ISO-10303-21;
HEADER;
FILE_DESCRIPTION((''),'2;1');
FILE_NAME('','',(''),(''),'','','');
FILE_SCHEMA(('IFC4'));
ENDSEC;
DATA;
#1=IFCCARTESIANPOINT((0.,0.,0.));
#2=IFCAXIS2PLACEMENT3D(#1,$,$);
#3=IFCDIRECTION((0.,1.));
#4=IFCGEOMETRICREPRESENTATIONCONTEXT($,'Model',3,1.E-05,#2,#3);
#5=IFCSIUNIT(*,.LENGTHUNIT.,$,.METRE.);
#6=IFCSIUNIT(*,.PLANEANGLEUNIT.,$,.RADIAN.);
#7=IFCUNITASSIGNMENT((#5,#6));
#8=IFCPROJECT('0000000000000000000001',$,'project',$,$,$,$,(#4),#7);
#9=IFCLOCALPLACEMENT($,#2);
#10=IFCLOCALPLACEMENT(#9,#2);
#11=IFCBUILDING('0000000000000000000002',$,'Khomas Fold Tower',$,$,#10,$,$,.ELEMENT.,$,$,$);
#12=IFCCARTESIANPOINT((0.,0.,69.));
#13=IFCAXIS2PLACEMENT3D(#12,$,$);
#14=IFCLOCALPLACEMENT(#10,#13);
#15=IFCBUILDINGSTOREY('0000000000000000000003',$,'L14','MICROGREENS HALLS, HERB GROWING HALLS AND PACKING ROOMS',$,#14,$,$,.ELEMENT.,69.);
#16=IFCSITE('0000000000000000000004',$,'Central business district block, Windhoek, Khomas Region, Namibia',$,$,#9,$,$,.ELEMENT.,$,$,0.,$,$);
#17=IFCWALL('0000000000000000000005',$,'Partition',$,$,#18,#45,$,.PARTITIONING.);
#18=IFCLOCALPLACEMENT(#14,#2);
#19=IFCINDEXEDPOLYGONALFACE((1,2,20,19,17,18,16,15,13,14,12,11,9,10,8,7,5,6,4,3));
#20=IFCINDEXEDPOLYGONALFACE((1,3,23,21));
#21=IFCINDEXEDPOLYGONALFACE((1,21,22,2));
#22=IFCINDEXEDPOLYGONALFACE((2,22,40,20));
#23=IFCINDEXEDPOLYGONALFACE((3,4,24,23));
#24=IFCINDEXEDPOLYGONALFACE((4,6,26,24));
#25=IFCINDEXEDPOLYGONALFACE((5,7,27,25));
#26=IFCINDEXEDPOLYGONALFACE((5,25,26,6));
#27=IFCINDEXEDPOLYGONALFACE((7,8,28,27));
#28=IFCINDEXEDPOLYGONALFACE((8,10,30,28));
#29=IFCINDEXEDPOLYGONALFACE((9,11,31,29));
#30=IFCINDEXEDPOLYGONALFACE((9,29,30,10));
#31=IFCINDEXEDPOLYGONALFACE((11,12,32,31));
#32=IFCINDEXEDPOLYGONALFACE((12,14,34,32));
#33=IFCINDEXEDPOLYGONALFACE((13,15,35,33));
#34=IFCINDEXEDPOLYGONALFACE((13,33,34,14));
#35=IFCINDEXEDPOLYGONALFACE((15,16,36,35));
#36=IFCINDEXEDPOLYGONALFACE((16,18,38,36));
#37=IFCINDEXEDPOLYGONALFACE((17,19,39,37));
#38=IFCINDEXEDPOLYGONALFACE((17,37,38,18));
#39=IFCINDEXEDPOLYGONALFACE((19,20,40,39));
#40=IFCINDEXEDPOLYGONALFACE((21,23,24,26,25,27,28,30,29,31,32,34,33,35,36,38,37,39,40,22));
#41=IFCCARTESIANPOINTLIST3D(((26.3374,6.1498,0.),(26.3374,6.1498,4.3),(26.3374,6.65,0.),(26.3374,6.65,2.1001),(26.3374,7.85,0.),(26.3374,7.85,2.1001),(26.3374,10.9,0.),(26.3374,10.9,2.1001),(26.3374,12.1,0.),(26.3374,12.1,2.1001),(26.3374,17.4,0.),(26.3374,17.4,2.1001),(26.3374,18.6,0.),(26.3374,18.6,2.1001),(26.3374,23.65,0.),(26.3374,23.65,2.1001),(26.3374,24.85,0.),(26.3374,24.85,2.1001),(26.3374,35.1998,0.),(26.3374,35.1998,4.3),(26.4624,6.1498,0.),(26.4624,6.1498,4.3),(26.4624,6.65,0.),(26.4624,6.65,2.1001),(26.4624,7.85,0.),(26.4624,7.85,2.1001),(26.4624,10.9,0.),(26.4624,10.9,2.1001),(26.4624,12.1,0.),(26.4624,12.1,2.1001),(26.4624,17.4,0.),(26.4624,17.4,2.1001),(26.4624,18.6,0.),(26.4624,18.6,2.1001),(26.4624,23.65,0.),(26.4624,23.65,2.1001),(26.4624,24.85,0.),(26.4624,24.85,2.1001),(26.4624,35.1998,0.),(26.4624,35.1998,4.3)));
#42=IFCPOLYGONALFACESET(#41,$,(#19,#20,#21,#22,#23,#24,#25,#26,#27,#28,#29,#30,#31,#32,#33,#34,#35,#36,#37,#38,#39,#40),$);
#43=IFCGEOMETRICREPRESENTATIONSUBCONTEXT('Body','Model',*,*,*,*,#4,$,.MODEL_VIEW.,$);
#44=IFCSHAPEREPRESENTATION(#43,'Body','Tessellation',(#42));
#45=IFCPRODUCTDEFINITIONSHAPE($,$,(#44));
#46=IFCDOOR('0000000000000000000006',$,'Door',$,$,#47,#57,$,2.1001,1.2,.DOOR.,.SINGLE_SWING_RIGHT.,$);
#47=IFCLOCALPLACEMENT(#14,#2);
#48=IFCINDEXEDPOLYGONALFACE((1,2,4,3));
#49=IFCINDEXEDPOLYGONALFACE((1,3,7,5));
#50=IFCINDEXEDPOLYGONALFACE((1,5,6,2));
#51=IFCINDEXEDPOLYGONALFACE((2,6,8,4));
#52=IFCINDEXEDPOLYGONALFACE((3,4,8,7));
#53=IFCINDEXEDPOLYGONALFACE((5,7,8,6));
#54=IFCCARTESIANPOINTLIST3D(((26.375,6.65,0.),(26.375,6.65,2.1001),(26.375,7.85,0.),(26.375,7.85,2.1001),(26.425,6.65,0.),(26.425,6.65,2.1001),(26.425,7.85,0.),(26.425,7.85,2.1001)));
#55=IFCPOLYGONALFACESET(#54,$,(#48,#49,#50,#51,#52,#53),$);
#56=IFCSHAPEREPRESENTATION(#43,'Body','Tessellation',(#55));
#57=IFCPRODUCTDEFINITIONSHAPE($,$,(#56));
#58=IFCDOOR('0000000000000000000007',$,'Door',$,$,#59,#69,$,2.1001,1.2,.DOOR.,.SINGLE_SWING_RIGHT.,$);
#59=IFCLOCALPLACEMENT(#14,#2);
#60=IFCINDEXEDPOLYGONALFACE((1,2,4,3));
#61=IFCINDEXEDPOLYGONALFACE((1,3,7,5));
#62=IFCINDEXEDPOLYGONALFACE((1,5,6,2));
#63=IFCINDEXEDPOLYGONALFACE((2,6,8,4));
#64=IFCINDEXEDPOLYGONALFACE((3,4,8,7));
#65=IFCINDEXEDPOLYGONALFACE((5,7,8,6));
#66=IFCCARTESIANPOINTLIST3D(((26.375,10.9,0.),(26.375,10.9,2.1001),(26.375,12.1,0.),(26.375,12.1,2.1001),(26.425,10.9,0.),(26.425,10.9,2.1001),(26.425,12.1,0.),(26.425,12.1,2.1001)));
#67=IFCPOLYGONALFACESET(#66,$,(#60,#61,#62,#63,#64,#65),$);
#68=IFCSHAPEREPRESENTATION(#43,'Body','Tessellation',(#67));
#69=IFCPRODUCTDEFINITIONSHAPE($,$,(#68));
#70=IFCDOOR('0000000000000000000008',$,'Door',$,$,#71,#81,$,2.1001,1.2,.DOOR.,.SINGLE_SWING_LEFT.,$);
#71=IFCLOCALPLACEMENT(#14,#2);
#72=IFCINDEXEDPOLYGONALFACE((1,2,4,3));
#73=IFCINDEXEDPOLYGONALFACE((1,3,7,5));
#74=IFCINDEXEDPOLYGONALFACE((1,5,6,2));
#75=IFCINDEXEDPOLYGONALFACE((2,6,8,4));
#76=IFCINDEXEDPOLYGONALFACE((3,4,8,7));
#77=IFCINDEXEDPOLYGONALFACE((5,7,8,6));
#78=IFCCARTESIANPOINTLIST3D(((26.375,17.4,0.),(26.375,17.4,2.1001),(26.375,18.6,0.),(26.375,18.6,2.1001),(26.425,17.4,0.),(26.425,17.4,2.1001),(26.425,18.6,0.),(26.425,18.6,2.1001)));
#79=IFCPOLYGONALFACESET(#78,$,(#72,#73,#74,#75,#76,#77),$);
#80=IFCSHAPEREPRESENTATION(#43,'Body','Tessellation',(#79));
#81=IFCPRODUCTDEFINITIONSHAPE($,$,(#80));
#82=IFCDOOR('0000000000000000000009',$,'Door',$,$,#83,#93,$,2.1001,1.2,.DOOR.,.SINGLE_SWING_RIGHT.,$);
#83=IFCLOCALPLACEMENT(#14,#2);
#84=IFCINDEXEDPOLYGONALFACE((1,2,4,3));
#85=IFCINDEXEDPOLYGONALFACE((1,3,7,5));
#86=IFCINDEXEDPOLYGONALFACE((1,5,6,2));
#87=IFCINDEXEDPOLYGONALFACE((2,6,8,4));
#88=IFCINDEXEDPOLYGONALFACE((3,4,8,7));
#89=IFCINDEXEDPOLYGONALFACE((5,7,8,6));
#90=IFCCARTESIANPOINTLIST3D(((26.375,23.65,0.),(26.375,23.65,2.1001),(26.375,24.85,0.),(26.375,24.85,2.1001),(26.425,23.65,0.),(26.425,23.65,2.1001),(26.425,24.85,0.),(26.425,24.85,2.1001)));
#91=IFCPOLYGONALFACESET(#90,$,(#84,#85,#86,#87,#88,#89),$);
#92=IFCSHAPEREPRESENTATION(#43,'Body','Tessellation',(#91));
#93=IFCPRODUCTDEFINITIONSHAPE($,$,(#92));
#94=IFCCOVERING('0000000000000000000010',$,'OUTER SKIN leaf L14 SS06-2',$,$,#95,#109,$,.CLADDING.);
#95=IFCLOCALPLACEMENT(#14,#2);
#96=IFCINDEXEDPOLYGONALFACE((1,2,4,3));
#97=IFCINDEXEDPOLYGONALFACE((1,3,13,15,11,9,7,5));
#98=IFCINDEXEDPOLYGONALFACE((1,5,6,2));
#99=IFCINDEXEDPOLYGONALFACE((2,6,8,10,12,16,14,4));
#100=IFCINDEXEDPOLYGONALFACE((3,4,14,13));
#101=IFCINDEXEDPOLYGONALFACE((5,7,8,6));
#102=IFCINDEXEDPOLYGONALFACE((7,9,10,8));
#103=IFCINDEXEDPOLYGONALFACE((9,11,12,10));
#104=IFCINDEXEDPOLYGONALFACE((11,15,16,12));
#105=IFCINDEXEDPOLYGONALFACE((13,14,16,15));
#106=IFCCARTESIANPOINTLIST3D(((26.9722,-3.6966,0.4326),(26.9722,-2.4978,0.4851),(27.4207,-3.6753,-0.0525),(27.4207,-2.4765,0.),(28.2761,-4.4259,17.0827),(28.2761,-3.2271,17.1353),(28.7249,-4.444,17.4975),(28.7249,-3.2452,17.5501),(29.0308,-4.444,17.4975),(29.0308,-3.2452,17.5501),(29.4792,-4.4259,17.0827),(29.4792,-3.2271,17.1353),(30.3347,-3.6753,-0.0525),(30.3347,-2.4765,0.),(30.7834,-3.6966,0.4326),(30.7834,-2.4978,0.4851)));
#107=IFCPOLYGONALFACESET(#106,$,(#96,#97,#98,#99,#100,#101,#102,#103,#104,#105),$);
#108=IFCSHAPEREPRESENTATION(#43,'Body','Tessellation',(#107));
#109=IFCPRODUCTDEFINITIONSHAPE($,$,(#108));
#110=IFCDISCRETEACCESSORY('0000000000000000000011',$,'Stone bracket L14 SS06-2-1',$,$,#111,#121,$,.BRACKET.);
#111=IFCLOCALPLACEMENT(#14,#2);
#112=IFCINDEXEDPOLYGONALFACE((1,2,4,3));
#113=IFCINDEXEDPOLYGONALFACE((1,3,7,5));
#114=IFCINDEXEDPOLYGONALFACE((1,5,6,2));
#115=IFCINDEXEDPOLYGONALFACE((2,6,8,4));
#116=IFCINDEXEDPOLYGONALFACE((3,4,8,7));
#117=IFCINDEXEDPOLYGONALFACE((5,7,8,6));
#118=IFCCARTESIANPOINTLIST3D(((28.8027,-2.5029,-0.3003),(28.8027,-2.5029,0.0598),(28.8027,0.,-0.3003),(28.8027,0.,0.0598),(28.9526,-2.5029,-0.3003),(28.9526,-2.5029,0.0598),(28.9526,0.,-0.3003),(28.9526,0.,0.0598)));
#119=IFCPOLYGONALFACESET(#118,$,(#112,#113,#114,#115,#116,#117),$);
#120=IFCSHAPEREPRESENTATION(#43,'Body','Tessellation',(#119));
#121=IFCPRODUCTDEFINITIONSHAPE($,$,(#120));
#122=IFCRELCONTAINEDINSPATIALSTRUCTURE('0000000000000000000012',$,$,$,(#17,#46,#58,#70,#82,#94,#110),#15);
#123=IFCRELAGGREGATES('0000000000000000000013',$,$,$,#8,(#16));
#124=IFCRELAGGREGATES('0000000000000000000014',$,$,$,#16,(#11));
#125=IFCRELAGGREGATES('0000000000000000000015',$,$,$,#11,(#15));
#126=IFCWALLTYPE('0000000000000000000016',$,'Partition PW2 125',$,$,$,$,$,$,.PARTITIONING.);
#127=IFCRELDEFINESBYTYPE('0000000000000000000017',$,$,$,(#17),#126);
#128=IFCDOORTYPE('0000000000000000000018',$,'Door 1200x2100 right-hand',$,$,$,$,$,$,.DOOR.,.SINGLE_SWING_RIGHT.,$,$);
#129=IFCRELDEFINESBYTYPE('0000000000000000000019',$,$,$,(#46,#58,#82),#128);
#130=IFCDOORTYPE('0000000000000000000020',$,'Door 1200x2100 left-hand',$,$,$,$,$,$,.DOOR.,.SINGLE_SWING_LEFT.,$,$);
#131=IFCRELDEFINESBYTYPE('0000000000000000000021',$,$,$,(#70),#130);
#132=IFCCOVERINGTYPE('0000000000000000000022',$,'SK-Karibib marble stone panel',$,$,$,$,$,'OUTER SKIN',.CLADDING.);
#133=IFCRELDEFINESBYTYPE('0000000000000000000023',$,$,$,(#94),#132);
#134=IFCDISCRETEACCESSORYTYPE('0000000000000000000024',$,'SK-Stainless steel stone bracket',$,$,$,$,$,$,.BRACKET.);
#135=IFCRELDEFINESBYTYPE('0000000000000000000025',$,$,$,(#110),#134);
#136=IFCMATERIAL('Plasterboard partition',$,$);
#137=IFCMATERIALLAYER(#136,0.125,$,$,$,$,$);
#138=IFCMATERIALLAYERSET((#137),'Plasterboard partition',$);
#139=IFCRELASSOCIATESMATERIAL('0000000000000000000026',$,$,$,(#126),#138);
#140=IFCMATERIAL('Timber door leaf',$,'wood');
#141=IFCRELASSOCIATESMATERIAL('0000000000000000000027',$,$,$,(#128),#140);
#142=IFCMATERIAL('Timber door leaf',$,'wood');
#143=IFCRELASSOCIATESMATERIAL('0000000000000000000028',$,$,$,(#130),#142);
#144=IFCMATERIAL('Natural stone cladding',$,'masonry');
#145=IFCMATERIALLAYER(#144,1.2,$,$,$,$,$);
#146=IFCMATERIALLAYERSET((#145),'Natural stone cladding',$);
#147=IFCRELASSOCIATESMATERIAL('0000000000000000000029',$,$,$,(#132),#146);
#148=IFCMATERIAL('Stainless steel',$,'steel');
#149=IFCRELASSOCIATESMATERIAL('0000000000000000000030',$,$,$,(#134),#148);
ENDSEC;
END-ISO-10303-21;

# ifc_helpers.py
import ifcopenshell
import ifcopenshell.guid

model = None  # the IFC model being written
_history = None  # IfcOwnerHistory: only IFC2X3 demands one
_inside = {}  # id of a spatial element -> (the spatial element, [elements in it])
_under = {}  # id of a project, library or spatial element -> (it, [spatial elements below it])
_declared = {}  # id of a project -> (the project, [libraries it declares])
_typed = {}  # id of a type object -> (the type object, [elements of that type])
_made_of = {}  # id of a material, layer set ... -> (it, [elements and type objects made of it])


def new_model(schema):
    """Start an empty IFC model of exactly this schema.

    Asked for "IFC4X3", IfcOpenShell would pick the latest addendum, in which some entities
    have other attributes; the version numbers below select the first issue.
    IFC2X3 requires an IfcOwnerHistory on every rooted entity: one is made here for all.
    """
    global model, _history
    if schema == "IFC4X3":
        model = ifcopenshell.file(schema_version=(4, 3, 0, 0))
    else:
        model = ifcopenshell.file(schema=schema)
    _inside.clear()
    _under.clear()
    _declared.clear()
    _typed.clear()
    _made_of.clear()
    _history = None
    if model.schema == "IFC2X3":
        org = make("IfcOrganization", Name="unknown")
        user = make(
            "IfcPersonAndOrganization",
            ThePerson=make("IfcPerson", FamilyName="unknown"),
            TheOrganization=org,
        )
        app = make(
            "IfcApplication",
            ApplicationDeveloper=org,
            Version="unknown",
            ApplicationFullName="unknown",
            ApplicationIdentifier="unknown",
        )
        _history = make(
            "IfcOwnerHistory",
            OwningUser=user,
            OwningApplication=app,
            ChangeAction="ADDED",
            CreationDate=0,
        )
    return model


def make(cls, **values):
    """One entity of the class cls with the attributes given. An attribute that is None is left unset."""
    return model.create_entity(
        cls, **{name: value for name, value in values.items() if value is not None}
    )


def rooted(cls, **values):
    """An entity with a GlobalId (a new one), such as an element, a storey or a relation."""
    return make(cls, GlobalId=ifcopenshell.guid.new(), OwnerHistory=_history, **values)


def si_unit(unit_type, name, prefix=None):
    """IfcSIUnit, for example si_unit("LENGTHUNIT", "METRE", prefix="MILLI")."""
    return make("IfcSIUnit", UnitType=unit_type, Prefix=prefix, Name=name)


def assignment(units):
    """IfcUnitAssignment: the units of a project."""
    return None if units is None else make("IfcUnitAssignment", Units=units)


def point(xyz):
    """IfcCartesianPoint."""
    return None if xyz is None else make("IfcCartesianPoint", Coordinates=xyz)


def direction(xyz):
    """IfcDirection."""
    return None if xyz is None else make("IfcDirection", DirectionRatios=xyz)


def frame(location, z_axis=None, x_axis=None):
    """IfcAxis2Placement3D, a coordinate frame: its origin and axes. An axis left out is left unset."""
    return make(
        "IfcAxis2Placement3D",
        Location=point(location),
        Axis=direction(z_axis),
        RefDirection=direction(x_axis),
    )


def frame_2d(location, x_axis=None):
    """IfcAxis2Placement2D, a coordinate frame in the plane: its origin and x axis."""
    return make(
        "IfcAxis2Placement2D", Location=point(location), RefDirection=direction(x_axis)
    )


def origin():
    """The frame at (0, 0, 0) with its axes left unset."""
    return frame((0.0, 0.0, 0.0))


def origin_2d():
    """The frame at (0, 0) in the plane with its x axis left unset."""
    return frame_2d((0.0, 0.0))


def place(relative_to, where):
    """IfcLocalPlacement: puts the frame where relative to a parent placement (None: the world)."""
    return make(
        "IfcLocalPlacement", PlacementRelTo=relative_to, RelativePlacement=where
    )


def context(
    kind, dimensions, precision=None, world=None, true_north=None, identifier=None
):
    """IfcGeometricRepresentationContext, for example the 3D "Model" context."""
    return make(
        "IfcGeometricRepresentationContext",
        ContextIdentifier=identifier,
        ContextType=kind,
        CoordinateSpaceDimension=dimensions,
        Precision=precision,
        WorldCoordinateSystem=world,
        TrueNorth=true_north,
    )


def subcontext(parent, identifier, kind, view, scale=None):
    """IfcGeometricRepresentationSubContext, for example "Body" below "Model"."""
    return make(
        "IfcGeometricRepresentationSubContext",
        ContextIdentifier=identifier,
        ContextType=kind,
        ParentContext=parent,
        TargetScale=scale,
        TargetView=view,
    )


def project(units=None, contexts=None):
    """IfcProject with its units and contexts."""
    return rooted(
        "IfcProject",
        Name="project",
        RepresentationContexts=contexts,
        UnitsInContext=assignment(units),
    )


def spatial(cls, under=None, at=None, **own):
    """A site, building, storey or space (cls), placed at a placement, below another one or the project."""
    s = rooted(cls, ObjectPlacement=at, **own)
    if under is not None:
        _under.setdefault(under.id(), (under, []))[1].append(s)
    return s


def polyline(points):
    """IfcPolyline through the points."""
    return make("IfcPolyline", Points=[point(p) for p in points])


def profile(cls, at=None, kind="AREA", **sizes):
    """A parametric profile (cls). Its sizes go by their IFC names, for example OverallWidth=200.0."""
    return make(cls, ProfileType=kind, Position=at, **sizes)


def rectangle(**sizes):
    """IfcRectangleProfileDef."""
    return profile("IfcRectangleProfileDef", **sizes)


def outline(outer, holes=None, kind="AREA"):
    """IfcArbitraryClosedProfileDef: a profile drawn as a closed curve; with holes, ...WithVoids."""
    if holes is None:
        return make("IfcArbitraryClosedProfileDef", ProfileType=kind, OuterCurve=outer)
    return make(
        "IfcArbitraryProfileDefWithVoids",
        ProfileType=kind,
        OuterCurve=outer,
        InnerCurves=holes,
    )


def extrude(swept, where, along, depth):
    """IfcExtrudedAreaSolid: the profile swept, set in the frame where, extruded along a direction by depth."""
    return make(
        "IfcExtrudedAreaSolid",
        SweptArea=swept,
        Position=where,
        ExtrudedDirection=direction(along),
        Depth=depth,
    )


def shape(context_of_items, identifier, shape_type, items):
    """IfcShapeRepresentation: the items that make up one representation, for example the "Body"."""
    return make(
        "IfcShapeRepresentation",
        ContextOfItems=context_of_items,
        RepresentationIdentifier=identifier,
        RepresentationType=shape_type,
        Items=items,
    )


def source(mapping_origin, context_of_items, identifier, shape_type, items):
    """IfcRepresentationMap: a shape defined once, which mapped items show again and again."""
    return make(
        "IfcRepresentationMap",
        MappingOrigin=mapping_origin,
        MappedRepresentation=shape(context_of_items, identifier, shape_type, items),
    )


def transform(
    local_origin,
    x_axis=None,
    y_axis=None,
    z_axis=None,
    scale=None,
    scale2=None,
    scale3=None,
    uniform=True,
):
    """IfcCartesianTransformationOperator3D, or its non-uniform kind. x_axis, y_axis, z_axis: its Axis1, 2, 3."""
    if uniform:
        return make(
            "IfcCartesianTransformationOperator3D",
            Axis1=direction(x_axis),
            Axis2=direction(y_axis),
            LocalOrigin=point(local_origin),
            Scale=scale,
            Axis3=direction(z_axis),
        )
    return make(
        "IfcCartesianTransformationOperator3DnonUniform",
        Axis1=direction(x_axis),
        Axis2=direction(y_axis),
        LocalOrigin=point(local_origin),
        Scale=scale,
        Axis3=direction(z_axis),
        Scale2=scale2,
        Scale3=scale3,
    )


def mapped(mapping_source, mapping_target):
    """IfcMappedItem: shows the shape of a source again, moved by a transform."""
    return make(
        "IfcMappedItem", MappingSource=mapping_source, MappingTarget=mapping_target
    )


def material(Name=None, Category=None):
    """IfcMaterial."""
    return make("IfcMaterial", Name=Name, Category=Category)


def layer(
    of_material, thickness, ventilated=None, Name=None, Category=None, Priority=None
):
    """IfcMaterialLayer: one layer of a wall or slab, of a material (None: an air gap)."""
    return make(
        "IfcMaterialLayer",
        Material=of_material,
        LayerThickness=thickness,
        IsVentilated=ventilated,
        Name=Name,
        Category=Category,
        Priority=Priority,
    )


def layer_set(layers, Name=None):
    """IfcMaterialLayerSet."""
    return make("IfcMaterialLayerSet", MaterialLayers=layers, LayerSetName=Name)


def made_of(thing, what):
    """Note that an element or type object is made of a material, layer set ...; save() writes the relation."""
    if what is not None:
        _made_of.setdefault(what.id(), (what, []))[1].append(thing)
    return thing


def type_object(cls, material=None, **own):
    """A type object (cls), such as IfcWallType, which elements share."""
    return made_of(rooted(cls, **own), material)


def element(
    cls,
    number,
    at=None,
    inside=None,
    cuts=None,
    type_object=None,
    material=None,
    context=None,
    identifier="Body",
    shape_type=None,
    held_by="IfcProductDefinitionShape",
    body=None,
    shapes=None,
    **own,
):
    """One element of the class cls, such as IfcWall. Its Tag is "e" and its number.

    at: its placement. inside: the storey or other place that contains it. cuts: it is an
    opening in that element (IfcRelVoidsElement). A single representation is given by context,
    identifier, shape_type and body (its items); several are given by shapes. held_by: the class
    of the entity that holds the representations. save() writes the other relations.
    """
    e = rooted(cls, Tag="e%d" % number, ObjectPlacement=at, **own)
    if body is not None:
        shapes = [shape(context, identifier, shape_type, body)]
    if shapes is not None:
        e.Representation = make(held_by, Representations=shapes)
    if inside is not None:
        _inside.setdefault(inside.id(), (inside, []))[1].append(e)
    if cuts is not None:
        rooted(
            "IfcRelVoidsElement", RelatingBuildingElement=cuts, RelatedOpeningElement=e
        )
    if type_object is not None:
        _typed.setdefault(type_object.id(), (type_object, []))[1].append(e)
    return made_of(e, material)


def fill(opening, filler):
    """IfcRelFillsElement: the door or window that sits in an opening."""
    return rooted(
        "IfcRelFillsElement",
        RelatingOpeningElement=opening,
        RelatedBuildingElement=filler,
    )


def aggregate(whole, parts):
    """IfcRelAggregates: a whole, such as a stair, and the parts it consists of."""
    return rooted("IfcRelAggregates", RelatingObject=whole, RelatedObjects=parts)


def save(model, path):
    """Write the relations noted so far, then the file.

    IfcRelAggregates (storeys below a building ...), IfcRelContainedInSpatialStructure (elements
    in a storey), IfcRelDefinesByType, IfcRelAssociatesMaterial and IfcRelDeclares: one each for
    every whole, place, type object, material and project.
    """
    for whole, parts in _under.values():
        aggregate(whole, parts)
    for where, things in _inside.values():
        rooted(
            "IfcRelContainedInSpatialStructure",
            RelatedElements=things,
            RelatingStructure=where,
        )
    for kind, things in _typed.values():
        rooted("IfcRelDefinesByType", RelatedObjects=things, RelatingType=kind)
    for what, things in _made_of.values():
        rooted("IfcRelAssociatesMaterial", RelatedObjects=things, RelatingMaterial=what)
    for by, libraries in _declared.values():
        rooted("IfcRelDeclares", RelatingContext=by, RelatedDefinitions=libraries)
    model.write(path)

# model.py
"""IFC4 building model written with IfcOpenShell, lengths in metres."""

from ifc_helpers import new_model, si_unit, direction, frame, frame_2d, origin, origin_2d, place, context, subcontext, project, spatial, polyline, rectangle, outline, extrude, source, transform, mapped, material, layer, layer_set, type_object, element, fill, save


model = new_model("IFC4")

# Units and contexts
model_context = context("Model", 3, precision=1e-05, world=origin(), true_north=direction((0.0, 1.0)))
body_context = subcontext(model_context, "Body", "Model", "MODEL_VIEW")
ifc_project = project(units=[si_unit("LENGTHUNIT", "METRE"), si_unit("PLANEANGLEUNIT", "RADIAN")], contexts=[model_context])

# Site, building, storey
site_placement = place(None, origin())
site = spatial("IfcSite", under=ifc_project, at=site_placement, Name="Central business district block, Windhoek, Khomas Region, Namibia", CompositionType="ELEMENT", RefElevation=0.0)
building_placement = place(site_placement, origin())
building = spatial("IfcBuilding", under=site, at=building_placement, Name="Khomas Fold Tower", CompositionType="ELEMENT")
storey_placement = place(building_placement, frame((0.0, 0.0, 69.0)))
storey = spatial("IfcBuildingStorey", under=building, at=storey_placement, Name="L14", Description="MICROGREENS HALLS, HERB GROWING HALLS AND PACKING ROOMS", CompositionType="ELEMENT", Elevation=69.0)

# Wall, openings, doors
ifc_material_1 = material(Name="Plasterboard partition")
ifc_layer_1 = layer(ifc_material_1, 0.125)
ifc_layer_set_1 = layer_set([ifc_layer_1], Name="Plasterboard partition")
wall_type_1 = type_object("IfcWallType", Name="Partition PW2 125", PredefinedType="PARTITIONING", material=ifc_layer_set_1)
shared_shape_1 = source(origin(), body_context, "Body", "SweptSolid", [
    extrude(rectangle(XDim=29.05, YDim=0.125, at=frame_2d((14.5249, 0.0))), origin(), (0.0, 0.0, 1.0), 4.3),
])
wall_1_placement = place(storey_placement, frame((26.3999, 6.1499, 0.0), z_axis=(0.0, 0.0, 1.0), x_axis=(0.0, 1.0, 0.0)))
wall_1 = element("IfcWall", 1, at=wall_1_placement, inside=storey, type_object=wall_type_1, Name="Partition", PredefinedType="PARTITIONING", context=body_context, shape_type="MappedRepresentation", body=[
    mapped(shared_shape_1, transform((0.0, 0.0, 0.0))),
])
shared_shape_2 = source(origin(), body_context, "Body", "SweptSolid", [
    extrude(rectangle(XDim=1.2, YDim=2.1001, at=frame_2d((0.6001, 1.05))), frame((0.0, 0.0725, 0.0), z_axis=(0.0, -1.0, 0.0), x_axis=(1.0, 0.0, 0.0)), (0.0, 0.0, 1.0), 0.145),
])
opening_1_placement = place(wall_1_placement, frame((0.5, 0.0, 0.0)))
opening_1 = element("IfcOpeningElement", 2, at=opening_1_placement, cuts=wall_1, PredefinedType="OPENING", context=body_context, shape_type="MappedRepresentation", body=[
    mapped(shared_shape_2, transform((0.0, 0.0, 0.0))),
])
opening_2_placement = place(wall_1_placement, frame((4.75, 0.0, 0.0)))
opening_2 = element("IfcOpeningElement", 3, at=opening_2_placement, cuts=wall_1, PredefinedType="OPENING", context=body_context, shape_type="MappedRepresentation", body=[
    mapped(shared_shape_2, transform((0.0, 0.0, 0.0))),
])
opening_3_placement = place(wall_1_placement, frame((11.25, 0.0, 0.0)))
opening_3 = element("IfcOpeningElement", 4, at=opening_3_placement, cuts=wall_1, PredefinedType="OPENING", context=body_context, shape_type="MappedRepresentation", body=[
    mapped(shared_shape_2, transform((0.0, 0.0, 0.0))),
])
opening_4_placement = place(wall_1_placement, frame((17.5, 0.0, 0.0)))
opening_4 = element("IfcOpeningElement", 5, at=opening_4_placement, cuts=wall_1, PredefinedType="OPENING", context=body_context, shape_type="MappedRepresentation", body=[
    mapped(shared_shape_2, transform((0.0, 0.0, 0.0))),
])
ifc_material_2 = material(Name="Timber door leaf", Category="wood")
door_type_1 = type_object("IfcDoorType", Name="Door 1200x2100 right-hand", OperationType="SINGLE_SWING_RIGHT", PredefinedType="DOOR", material=ifc_material_2)
shared_shape_3 = source(origin(), body_context, "Body", "SweptSolid", [
    extrude(rectangle(XDim=1.2, YDim=2.1001, at=frame_2d((0.6001, 1.05))), frame((0.0, 0.0249, 0.0), z_axis=(0.0, -1.0, 0.0), x_axis=(1.0, 0.0, 0.0)), (0.0, 0.0, 1.0), 0.05),
])
door_1_placement = place(opening_1_placement, origin())
door_1 = element("IfcDoor", 6, at=door_1_placement, inside=storey, type_object=door_type_1, Name="Door", OperationType="SINGLE_SWING_RIGHT", OverallHeight=2.1001, OverallWidth=1.2, PredefinedType="DOOR", context=body_context, shape_type="MappedRepresentation", body=[
    mapped(shared_shape_3, transform((0.0, 0.0, 0.0))),
])
fill(opening_1, door_1)
door_2_placement = place(opening_2_placement, origin())
door_2 = element("IfcDoor", 7, at=door_2_placement, inside=storey, type_object=door_type_1, Name="Door", OperationType="SINGLE_SWING_RIGHT", OverallHeight=2.1001, OverallWidth=1.2, PredefinedType="DOOR", context=body_context, shape_type="MappedRepresentation", body=[
    mapped(shared_shape_3, transform((0.0, 0.0, 0.0))),
])
fill(opening_2, door_2)
ifc_material_3 = material(Name="Timber door leaf", Category="wood")
door_type_2 = type_object("IfcDoorType", Name="Door 1200x2100 left-hand", OperationType="SINGLE_SWING_LEFT", PredefinedType="DOOR", material=ifc_material_3)
door_3_placement = place(opening_3_placement, origin())
door_3 = element("IfcDoor", 8, at=door_3_placement, inside=storey, type_object=door_type_2, Name="Door", OperationType="SINGLE_SWING_LEFT", OverallHeight=2.1001, OverallWidth=1.2, PredefinedType="DOOR", context=body_context, shape_type="MappedRepresentation", body=[
    mapped(shared_shape_3, transform((0.0, 0.0, 0.0))),
])
fill(opening_3, door_3)
door_4_placement = place(opening_4_placement, origin())
door_4 = element("IfcDoor", 9, at=door_4_placement, inside=storey, type_object=door_type_1, Name="Door", OperationType="SINGLE_SWING_RIGHT", OverallHeight=2.1001, OverallWidth=1.2, PredefinedType="DOOR", context=body_context, shape_type="MappedRepresentation", body=[
    mapped(shared_shape_3, transform((0.0, 0.0, 0.0))),
])
fill(opening_4, door_4)

# Covering
ifc_material_4 = material(Name="Natural stone cladding", Category="masonry")
ifc_layer_2 = layer(ifc_material_4, 1.2)
ifc_layer_set_2 = layer_set([ifc_layer_2], Name="Natural stone cladding")
covering_type = type_object("IfcCoveringType", Name="SK-Karibib marble stone panel", ElementType="OUTER SKIN", PredefinedType="CLADDING", material=ifc_layer_set_2)
covering_placement = place(storey_placement, frame((29.4792, -3.2271, 17.1353), z_axis=(0.0, 0.999042, 0.043758), x_axis=(0.078016, 0.043625, -0.995997)))
element("IfcCovering", 10, at=covering_placement, inside=storey, type_object=covering_type, Name="OUTER SKIN leaf L14 SS06-2", PredefinedType="CLADDING", context=body_context, shape_type="SweptSolid", body=[
    extrude(outline(polyline([(0.0, 0.0), (16.7171, 0.0), (17.1661, 0.4852), (16.9388, 3.3904), (16.4197, 3.7997), (-0.0939, 1.1995), (-0.4728, 0.7197), (-0.4489, 0.4147), (0.0, 0.0)])), origin(), (0.0, 0.0, -1.0), 1.2),
])

# Discrete accessory
ifc_material_5 = material(Name="Stainless steel", Category="steel")
discrete_accessory_type = type_object("IfcDiscreteAccessoryType", Name="SK-Stainless steel stone bracket", PredefinedType="BRACKET", material=ifc_material_5)
shared_shape_4 = source(origin(), body_context, "Body", "SweptSolid", [
    extrude(rectangle(XDim=2.5029, YDim=0.1499, at=origin_2d()), origin(), (0.0, 0.0, 1.0), 0.3601),
])
discrete_accessory_placement = place(storey_placement, frame((28.8777, -1.2515, -0.3003), z_axis=(0.0, 0.0, 1.0), x_axis=(0.0, -1.0, 0.0)))
element("IfcDiscreteAccessory", 11, at=discrete_accessory_placement, inside=storey, type_object=discrete_accessory_type, Name="Stone bracket L14 SS06-2-1", PredefinedType="BRACKET", context=body_context, shape_type="MappedRepresentation", body=[
    mapped(shared_shape_4, transform((0.0, 0.0, 0.0))),
])

save(model, "model.ifc")
